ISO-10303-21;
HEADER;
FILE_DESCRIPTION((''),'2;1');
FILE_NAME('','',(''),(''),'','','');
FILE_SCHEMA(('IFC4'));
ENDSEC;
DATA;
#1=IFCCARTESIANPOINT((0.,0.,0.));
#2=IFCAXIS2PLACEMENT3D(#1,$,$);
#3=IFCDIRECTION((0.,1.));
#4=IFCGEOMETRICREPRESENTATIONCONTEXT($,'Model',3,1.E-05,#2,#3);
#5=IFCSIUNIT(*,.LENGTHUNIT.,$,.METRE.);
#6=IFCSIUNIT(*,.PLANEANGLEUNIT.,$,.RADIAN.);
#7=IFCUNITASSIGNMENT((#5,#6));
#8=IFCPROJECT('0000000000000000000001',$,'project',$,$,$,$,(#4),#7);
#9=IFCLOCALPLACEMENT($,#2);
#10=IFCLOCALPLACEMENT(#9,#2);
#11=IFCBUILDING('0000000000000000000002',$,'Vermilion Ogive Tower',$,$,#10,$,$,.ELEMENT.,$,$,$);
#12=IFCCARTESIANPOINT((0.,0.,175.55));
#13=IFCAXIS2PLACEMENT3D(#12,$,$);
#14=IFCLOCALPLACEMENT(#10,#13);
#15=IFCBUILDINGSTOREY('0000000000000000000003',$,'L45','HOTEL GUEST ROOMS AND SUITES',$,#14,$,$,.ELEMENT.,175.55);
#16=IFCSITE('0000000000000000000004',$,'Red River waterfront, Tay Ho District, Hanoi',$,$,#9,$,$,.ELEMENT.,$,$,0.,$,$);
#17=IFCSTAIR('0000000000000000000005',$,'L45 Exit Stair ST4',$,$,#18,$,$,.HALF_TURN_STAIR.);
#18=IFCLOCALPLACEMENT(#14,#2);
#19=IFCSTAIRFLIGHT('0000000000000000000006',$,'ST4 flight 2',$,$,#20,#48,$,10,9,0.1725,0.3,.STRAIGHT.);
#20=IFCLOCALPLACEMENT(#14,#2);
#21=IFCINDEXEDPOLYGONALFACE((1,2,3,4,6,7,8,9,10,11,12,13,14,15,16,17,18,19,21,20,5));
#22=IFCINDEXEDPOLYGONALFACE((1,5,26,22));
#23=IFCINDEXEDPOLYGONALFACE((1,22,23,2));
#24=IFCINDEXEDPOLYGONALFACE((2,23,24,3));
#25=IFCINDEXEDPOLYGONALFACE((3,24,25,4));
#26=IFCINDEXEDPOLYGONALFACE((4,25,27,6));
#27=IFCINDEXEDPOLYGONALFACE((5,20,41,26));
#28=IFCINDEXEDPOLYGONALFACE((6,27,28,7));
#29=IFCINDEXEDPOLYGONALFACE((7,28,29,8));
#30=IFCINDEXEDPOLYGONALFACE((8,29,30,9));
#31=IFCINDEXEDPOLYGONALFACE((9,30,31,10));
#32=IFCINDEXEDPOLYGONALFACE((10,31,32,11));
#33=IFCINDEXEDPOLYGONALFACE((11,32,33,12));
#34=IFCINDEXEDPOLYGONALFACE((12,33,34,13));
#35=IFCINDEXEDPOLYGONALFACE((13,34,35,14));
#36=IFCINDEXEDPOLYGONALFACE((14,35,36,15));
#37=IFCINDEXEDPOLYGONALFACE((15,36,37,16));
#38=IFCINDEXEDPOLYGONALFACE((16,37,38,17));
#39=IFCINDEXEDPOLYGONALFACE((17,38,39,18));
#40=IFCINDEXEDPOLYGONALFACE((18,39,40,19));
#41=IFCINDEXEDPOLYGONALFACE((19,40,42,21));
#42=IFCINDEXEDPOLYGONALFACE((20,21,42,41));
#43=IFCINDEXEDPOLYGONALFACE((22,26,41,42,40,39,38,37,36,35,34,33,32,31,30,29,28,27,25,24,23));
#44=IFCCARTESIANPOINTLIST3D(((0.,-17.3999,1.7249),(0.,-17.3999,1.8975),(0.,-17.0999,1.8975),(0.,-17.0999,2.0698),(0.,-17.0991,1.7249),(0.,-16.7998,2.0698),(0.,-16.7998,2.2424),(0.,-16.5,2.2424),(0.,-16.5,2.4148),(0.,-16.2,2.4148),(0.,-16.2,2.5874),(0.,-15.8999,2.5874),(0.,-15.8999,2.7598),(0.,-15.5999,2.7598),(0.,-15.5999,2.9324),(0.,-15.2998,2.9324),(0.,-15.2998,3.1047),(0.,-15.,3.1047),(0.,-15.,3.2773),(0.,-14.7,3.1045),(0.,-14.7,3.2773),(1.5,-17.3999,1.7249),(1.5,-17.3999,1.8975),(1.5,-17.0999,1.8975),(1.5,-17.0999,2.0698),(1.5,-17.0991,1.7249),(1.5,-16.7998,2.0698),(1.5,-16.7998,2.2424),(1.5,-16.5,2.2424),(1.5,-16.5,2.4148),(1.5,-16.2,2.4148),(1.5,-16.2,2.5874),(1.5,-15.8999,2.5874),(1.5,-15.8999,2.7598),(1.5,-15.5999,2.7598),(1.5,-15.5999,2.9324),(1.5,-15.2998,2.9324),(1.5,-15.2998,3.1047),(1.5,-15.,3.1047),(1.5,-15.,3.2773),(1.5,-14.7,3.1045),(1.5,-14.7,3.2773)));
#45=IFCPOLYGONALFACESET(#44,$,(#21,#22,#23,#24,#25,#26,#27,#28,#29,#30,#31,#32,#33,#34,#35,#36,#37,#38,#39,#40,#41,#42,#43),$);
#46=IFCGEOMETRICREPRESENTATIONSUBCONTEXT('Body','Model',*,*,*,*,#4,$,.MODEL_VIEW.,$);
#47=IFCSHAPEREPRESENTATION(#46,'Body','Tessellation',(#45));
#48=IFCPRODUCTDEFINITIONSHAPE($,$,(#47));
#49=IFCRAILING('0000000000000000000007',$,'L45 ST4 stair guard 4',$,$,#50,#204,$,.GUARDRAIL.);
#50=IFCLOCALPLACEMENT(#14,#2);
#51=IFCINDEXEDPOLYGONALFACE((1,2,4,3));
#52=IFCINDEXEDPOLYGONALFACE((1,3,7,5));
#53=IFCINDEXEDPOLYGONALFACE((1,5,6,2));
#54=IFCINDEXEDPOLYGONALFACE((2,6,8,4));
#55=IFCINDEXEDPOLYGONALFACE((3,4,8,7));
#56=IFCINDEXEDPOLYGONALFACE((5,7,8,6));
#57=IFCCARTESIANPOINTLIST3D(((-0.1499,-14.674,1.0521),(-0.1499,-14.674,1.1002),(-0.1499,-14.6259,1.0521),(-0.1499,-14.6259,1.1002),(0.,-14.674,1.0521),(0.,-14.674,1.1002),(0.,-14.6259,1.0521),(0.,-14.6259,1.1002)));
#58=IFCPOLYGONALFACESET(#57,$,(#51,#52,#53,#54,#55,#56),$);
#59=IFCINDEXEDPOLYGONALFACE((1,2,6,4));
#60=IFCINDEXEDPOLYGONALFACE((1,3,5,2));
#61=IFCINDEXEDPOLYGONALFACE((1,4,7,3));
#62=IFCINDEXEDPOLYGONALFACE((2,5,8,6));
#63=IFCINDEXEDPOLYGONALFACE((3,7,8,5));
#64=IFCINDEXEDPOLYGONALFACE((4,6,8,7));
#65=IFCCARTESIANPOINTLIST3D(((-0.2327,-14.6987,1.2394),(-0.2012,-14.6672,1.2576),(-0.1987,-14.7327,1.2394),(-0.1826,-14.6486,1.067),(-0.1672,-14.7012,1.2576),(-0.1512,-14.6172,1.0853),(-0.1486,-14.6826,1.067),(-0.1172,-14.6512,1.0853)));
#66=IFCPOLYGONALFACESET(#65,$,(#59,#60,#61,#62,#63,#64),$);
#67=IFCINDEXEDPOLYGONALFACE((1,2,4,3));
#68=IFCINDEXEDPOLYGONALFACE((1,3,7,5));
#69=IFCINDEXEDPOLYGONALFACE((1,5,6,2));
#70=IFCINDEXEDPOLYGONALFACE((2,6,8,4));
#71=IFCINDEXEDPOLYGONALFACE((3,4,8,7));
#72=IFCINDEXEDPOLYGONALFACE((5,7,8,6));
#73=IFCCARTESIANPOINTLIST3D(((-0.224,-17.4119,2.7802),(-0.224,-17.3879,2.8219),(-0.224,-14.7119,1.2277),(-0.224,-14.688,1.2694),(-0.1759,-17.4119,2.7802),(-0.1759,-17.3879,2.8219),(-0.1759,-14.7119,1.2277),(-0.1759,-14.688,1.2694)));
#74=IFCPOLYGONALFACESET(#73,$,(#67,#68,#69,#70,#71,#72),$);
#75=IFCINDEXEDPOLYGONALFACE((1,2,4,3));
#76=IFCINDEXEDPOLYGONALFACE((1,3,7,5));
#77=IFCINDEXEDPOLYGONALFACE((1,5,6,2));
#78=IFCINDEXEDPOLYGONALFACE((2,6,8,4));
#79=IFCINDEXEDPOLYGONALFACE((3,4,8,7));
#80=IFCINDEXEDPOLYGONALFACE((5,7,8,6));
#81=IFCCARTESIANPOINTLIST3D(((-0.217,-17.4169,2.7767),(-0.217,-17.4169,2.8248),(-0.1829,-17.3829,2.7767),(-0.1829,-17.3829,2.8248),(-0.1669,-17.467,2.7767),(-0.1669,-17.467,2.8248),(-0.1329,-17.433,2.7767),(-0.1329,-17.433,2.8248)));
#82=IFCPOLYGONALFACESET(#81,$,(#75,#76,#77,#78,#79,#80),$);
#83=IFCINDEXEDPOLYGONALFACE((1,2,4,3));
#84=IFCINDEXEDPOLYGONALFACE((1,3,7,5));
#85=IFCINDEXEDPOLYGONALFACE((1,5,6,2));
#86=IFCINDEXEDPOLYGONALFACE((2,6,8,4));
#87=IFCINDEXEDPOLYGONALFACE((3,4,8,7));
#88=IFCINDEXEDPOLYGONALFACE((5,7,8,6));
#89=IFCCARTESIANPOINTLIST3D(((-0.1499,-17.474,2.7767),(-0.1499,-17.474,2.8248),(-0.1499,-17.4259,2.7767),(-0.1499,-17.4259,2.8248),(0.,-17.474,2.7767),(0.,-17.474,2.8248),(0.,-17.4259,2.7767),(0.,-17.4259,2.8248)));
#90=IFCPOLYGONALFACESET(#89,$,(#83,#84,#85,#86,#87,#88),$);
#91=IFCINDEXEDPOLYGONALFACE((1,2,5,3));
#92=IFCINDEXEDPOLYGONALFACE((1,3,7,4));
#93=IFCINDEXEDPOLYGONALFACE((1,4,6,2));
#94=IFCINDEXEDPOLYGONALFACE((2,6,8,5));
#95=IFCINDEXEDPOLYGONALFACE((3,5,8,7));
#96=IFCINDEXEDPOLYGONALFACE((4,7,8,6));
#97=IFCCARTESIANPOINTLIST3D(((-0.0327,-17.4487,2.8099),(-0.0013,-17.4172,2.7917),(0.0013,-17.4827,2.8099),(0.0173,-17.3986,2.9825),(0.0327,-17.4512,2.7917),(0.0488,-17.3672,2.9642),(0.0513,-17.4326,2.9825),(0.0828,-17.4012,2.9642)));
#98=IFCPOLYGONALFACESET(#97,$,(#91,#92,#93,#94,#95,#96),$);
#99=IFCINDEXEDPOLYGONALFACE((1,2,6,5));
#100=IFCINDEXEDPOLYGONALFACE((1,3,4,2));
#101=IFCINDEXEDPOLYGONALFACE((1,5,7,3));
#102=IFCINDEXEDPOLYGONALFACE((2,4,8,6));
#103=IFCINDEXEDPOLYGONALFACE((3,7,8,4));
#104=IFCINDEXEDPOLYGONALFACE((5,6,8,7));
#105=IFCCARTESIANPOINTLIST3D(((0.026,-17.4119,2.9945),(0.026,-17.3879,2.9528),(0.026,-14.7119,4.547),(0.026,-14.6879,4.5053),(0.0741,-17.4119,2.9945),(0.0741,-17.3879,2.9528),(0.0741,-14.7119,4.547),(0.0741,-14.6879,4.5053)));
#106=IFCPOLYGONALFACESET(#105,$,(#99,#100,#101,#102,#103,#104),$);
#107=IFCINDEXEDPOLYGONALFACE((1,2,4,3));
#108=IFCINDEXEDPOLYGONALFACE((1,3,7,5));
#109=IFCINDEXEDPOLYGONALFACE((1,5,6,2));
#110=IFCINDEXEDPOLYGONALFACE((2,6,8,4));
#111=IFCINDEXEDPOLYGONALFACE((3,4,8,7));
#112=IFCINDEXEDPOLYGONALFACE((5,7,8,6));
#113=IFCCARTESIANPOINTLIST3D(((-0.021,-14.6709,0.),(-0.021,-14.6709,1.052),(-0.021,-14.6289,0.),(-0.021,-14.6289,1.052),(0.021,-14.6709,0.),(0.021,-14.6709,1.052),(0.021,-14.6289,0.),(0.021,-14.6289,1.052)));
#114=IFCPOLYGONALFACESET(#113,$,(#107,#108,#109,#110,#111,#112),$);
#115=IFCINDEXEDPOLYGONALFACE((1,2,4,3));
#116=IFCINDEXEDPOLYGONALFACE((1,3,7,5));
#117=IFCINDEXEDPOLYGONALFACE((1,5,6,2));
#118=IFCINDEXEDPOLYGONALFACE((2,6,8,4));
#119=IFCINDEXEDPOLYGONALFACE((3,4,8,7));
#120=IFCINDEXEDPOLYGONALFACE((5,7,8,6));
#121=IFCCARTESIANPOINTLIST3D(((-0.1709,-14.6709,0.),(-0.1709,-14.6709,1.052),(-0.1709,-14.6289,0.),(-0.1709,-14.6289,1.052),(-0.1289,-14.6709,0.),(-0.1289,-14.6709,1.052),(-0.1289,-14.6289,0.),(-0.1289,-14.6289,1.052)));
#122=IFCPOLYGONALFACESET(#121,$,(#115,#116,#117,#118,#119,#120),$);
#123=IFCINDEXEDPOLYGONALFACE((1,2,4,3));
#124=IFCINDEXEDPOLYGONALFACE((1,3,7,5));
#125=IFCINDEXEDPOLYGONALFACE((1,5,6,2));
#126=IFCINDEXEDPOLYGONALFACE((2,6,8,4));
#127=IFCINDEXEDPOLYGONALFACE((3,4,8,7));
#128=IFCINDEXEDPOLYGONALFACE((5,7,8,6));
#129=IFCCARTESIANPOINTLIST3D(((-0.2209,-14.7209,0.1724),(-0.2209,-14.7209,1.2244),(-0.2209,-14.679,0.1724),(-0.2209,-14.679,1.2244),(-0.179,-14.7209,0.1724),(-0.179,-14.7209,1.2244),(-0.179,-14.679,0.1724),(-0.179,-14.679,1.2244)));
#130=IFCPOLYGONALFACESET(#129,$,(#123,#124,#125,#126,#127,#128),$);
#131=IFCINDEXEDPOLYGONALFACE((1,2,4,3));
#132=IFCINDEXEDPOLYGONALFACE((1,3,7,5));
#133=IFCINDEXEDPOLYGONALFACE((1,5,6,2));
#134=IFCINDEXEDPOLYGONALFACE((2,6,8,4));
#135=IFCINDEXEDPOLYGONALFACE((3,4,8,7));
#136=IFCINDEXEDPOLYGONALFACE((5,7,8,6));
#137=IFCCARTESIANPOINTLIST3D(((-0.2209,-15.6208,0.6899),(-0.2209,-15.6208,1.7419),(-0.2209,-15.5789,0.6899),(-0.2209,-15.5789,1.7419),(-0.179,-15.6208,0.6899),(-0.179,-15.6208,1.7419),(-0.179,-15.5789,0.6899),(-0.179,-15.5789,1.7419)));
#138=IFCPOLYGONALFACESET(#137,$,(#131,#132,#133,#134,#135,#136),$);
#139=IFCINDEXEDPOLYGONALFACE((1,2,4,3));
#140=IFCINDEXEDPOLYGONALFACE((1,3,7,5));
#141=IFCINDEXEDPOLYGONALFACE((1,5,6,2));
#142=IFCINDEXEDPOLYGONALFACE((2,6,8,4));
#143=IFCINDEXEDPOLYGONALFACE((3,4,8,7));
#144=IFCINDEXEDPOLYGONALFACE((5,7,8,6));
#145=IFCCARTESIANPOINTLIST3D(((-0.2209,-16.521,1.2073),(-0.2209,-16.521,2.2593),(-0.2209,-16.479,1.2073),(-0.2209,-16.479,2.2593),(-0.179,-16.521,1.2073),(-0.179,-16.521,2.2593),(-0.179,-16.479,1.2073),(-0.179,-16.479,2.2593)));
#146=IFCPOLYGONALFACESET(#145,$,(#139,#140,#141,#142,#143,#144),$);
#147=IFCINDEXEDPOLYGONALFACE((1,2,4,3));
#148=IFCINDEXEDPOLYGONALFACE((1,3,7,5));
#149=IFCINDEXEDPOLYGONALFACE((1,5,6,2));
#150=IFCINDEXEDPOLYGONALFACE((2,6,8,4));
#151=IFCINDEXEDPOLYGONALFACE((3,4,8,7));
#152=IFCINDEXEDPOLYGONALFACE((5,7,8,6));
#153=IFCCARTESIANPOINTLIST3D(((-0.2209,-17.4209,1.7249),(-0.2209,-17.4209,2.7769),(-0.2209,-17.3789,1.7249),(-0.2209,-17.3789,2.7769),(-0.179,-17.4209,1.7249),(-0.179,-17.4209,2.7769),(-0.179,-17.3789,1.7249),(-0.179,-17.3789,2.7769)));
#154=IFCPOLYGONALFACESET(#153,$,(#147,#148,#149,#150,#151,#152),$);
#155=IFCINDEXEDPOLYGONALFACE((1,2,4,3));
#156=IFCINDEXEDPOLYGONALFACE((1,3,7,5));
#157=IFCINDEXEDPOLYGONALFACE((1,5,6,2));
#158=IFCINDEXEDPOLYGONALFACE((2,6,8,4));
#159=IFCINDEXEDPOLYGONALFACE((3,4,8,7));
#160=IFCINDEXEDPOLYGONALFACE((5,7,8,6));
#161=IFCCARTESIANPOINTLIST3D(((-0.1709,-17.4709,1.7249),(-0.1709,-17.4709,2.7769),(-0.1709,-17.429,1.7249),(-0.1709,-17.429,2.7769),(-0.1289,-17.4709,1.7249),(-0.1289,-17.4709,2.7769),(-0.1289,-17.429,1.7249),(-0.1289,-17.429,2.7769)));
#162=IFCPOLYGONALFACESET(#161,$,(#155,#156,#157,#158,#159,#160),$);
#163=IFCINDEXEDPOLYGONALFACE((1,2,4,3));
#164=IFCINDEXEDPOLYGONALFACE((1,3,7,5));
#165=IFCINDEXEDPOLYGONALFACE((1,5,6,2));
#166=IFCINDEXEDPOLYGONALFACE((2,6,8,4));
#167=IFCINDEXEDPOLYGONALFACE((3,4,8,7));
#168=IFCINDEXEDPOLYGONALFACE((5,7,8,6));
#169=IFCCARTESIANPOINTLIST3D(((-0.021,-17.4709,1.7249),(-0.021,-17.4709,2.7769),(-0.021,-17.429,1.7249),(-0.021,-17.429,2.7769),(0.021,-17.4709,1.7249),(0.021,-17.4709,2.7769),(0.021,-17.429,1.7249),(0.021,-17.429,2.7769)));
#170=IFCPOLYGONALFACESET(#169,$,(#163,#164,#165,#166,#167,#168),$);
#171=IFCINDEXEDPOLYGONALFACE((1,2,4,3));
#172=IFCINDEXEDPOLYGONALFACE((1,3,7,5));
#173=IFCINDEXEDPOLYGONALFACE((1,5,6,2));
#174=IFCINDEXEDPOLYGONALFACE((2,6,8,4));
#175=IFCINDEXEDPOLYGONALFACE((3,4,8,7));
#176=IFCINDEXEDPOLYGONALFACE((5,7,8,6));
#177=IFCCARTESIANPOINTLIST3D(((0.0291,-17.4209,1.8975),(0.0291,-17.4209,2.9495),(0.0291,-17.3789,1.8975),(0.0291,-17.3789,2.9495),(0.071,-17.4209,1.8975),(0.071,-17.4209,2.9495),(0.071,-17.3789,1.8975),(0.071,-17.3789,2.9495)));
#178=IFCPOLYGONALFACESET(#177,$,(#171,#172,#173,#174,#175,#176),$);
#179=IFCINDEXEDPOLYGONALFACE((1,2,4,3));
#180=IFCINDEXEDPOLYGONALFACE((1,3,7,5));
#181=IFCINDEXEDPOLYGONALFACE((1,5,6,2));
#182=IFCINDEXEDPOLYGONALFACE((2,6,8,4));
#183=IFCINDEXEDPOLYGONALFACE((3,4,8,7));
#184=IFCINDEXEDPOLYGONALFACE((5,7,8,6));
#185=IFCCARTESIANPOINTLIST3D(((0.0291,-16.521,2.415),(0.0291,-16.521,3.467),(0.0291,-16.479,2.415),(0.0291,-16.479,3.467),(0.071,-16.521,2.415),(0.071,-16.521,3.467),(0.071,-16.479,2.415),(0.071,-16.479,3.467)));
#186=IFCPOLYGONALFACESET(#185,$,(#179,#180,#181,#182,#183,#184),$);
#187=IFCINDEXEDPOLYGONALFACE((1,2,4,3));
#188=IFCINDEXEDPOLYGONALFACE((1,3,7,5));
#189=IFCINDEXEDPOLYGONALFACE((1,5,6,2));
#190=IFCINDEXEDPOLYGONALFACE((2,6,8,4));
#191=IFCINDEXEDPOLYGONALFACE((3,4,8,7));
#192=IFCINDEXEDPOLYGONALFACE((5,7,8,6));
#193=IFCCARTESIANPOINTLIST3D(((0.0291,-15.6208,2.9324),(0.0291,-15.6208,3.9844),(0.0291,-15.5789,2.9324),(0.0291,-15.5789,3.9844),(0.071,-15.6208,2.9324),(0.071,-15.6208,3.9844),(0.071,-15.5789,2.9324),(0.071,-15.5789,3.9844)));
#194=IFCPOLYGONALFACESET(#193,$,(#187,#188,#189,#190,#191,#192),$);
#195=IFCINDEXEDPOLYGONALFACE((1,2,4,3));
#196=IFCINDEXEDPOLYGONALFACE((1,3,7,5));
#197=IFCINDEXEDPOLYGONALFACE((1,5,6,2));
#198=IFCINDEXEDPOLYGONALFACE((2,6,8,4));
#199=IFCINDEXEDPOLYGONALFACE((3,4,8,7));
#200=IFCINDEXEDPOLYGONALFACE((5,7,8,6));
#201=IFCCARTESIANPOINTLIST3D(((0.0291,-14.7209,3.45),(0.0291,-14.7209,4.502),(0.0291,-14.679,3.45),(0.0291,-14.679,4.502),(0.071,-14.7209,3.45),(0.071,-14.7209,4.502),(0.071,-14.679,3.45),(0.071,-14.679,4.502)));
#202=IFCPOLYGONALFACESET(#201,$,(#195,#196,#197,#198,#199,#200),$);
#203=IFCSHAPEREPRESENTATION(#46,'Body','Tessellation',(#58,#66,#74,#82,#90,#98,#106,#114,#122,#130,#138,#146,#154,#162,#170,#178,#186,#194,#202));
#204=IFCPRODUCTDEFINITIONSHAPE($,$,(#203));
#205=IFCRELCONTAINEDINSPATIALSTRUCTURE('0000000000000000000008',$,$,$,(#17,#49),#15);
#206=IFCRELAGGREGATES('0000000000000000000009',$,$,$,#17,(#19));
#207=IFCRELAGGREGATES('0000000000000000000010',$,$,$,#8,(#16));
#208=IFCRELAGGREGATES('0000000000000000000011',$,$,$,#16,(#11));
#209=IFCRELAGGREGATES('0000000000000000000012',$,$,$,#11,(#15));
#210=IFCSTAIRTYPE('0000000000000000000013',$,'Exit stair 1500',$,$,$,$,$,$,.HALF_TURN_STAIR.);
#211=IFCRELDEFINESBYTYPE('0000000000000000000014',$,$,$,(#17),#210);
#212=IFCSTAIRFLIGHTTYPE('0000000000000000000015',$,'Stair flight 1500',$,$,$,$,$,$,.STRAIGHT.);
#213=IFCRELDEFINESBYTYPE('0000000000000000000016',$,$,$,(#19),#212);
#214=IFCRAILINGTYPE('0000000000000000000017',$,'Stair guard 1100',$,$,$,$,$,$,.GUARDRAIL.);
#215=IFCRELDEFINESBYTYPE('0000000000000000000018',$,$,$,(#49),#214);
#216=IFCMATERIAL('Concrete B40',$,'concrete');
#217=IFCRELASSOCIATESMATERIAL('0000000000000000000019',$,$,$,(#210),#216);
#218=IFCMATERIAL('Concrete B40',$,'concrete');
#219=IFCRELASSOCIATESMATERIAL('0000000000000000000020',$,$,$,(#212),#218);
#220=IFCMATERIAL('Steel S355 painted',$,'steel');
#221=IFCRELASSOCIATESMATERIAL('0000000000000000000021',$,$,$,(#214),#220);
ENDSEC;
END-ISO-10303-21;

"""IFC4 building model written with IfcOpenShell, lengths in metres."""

from ifc_helpers import new_model, si_unit, direction, frame, origin, origin_2d, place, context, subcontext, project, spatial, polyline, rectangle, outline, extrude, material, type_object, element, aggregate, save


model = new_model("IFC4")

# Units and contexts
model_context = context("Model", 3, precision=1e-05, world=origin(), true_north=direction((0.0, 1.0)))
body_context = subcontext(model_context, "Body", "Model", "MODEL_VIEW")
ifc_project = project(units=[si_unit("LENGTHUNIT", "METRE"), si_unit("PLANEANGLEUNIT", "RADIAN")], contexts=[model_context])

# Site, building, storey
site_placement = place(None, origin())
site = spatial("IfcSite", under=ifc_project, at=site_placement, Name="Red River waterfront, Tay Ho District, Hanoi", CompositionType="ELEMENT", RefElevation=0.0)
building_placement = place(site_placement, origin())
building = spatial("IfcBuilding", under=site, at=building_placement, Name="Vermilion Ogive Tower", CompositionType="ELEMENT")
storey_placement = place(building_placement, frame((0.0, 0.0, 175.55)))
storey = spatial("IfcBuildingStorey", under=building, at=storey_placement, Name="L45", Description="HOTEL GUEST ROOMS AND SUITES", CompositionType="ELEMENT", Elevation=175.55)

# Stair, stair flight
ifc_material_1 = material(Name="Concrete B40", Category="concrete")
stair_type = type_object("IfcStairType", Name="Exit stair 1500", PredefinedType="HALF_TURN_STAIR", material=ifc_material_1)
stair_placement = place(storey_placement, origin())
stair = element("IfcStair", 1, at=stair_placement, inside=storey, type_object=stair_type, Name="L45 Exit Stair ST4", PredefinedType="HALF_TURN_STAIR")
ifc_material_2 = material(Name="Concrete B40", Category="concrete")
stair_flight_type = type_object("IfcStairFlightType", Name="Stair flight 1500", PredefinedType="STRAIGHT", material=ifc_material_2)
stair_flight_placement = place(storey_placement, frame((0.75, -17.3999, 1.7249), z_axis=(0.0, 0.0, 1.0), x_axis=(0.0, 1.0, 0.0)))
stair_flight = element("IfcStairFlight", 2, at=stair_flight_placement, type_object=stair_flight_type, Name="ST4 flight 2", NumberOfRisers=10, NumberOfTreads=9, PredefinedType="STRAIGHT", RiserHeight=0.1725, TreadLength=0.3, context=body_context, shape_type="SweptSolid", body=[
    extrude(outline(polyline([(0.0, 0.0), (0.0, 0.1726), (0.3, 0.1726), (0.3, 0.345), (0.6001, 0.345), (0.6001, 0.5176), (0.8999, 0.5176), (0.8999, 0.6899), (1.2, 0.6899), (1.2, 0.8625), (1.5, 0.8625), (1.5, 1.0349), (1.8, 1.0349), (1.8, 1.2075), (2.1001, 1.2075), (2.1001, 1.3799), (2.3999, 1.3799), (2.3999, 1.5525), (2.7, 1.5525), (2.7, 1.7251), (2.7, 1.3796), (0.3008, 0.0), (0.0, 0.0)])), frame((0.0, 0.75, 0.0), z_axis=(0.0, -1.0, 0.0), x_axis=(1.0, 0.0, 0.0)), (0.0, 0.0, 1.0), 1.5),
])
aggregate(stair, [stair_flight])

# Railing
ifc_material_3 = material(Name="Steel S355 painted", Category="steel")
railing_type_1 = type_object("IfcRailingType", Name="Stair guard 1100", PredefinedType="GUARDRAIL", material=ifc_material_3)
railing_1_placement = place(storey_placement, frame((0.0, -14.6499, 0.0)))
element("IfcRailing", 3, at=railing_1_placement, inside=storey, type_object=railing_type_1, Name="L45 ST4 stair guard 4", PredefinedType="GUARDRAIL", context=body_context, shape_type="SweptSolid", body=[
    extrude(rectangle(XDim=0.0481, YDim=0.0481, at=origin_2d()), frame((0.0, 0.0, 1.0762), z_axis=(-1.0, 0.0, 0.0), x_axis=(0.0, -1.0, 0.0)), (0.0, 0.0, 1.0), 0.1499),
    extrude(rectangle(XDim=0.0481, YDim=0.0481, at=origin_2d()), frame((-0.1499, 0.0, 1.0762), z_axis=(-0.268603, -0.268603, 0.925043), x_axis=(0.707107, -0.707107, 0.0)), (0.0, 0.0, 1.0), 0.1863),
    extrude(rectangle(XDim=0.0481, YDim=0.0481, at=origin_2d()), frame((-0.2, -0.05, 1.2485), z_axis=(0.0, -0.866904, 0.498476), x_axis=(1.0, 0.0, 0.0)), (0.0, 0.0, 1.0), 3.1145),
    extrude(rectangle(XDim=0.0481, YDim=0.0481, at=origin_2d()), frame((-0.2, -2.75, 2.8008), z_axis=(0.707107, -0.707107, 0.0), x_axis=(0.707107, 0.707107, 0.0)), (0.0, 0.0, 1.0), 0.0708),
    extrude(rectangle(XDim=0.0481, YDim=0.0481, at=origin_2d()), frame((-0.1499, -2.8, 2.8008), z_axis=(1.0, 0.0, 0.0), x_axis=(0.0, 1.0, 0.0)), (0.0, 0.0, 1.0), 0.1499),
    extrude(rectangle(XDim=0.0481, YDim=0.0481, at=origin_2d()), frame((0.0, -2.8, 2.8008), z_axis=(0.268278, 0.268278, 0.925232), x_axis=(-0.707107, 0.707107, 0.0)), (0.0, 0.0, 1.0), 0.1865),
    extrude(rectangle(XDim=0.0481, YDim=0.0481, at=origin_2d()), frame((0.05, -2.75, 2.9736), z_axis=(0.0, 0.866904, 0.498476), x_axis=(-1.0, 0.0, 0.0)), (0.0, 0.0, 1.0), 3.1145),
    extrude(rectangle(XDim=0.042, YDim=0.042, at=origin_2d()), origin(), (0.0, 0.0, 1.0), 1.052),
    extrude(rectangle(XDim=0.042, YDim=0.042, at=origin_2d()), frame((-0.1499, 0.0, 0.0)), (0.0, 0.0, 1.0), 1.052),
    extrude(rectangle(XDim=0.042, YDim=0.042, at=origin_2d()), frame((-0.2, -0.05, 0.1724)), (0.0, 0.0, 1.0), 1.052),
    extrude(rectangle(XDim=0.042, YDim=0.042, at=origin_2d()), frame((-0.2, -0.95, 0.6899)), (0.0, 0.0, 1.0), 1.052),
    extrude(rectangle(XDim=0.042, YDim=0.042, at=origin_2d()), frame((-0.2, -1.8501, 1.2073)), (0.0, 0.0, 1.0), 1.052),
    extrude(rectangle(XDim=0.042, YDim=0.042, at=origin_2d()), frame((-0.2, -2.75, 1.7249)), (0.0, 0.0, 1.0), 1.052),
    extrude(rectangle(XDim=0.042, YDim=0.042, at=origin_2d()), frame((-0.1499, -2.8, 1.7249)), (0.0, 0.0, 1.0), 1.052),
    extrude(rectangle(XDim=0.042, YDim=0.042, at=origin_2d()), frame((0.0, -2.8, 1.7249)), (0.0, 0.0, 1.0), 1.052),
    extrude(rectangle(XDim=0.042, YDim=0.042, at=origin_2d()), frame((0.05, -2.75, 1.8975)), (0.0, 0.0, 1.0), 1.052),
    extrude(rectangle(XDim=0.042, YDim=0.042, at=origin_2d()), frame((0.05, -1.8501, 2.415)), (0.0, 0.0, 1.0), 1.052),
    extrude(rectangle(XDim=0.042, YDim=0.042, at=origin_2d()), frame((0.05, -0.95, 2.9324)), (0.0, 0.0, 1.0), 1.052),
    extrude(rectangle(XDim=0.042, YDim=0.042, at=origin_2d()), frame((0.05, -0.05, 3.45)), (0.0, 0.0, 1.0), 1.052),
])

save(model, "model.ifc")
